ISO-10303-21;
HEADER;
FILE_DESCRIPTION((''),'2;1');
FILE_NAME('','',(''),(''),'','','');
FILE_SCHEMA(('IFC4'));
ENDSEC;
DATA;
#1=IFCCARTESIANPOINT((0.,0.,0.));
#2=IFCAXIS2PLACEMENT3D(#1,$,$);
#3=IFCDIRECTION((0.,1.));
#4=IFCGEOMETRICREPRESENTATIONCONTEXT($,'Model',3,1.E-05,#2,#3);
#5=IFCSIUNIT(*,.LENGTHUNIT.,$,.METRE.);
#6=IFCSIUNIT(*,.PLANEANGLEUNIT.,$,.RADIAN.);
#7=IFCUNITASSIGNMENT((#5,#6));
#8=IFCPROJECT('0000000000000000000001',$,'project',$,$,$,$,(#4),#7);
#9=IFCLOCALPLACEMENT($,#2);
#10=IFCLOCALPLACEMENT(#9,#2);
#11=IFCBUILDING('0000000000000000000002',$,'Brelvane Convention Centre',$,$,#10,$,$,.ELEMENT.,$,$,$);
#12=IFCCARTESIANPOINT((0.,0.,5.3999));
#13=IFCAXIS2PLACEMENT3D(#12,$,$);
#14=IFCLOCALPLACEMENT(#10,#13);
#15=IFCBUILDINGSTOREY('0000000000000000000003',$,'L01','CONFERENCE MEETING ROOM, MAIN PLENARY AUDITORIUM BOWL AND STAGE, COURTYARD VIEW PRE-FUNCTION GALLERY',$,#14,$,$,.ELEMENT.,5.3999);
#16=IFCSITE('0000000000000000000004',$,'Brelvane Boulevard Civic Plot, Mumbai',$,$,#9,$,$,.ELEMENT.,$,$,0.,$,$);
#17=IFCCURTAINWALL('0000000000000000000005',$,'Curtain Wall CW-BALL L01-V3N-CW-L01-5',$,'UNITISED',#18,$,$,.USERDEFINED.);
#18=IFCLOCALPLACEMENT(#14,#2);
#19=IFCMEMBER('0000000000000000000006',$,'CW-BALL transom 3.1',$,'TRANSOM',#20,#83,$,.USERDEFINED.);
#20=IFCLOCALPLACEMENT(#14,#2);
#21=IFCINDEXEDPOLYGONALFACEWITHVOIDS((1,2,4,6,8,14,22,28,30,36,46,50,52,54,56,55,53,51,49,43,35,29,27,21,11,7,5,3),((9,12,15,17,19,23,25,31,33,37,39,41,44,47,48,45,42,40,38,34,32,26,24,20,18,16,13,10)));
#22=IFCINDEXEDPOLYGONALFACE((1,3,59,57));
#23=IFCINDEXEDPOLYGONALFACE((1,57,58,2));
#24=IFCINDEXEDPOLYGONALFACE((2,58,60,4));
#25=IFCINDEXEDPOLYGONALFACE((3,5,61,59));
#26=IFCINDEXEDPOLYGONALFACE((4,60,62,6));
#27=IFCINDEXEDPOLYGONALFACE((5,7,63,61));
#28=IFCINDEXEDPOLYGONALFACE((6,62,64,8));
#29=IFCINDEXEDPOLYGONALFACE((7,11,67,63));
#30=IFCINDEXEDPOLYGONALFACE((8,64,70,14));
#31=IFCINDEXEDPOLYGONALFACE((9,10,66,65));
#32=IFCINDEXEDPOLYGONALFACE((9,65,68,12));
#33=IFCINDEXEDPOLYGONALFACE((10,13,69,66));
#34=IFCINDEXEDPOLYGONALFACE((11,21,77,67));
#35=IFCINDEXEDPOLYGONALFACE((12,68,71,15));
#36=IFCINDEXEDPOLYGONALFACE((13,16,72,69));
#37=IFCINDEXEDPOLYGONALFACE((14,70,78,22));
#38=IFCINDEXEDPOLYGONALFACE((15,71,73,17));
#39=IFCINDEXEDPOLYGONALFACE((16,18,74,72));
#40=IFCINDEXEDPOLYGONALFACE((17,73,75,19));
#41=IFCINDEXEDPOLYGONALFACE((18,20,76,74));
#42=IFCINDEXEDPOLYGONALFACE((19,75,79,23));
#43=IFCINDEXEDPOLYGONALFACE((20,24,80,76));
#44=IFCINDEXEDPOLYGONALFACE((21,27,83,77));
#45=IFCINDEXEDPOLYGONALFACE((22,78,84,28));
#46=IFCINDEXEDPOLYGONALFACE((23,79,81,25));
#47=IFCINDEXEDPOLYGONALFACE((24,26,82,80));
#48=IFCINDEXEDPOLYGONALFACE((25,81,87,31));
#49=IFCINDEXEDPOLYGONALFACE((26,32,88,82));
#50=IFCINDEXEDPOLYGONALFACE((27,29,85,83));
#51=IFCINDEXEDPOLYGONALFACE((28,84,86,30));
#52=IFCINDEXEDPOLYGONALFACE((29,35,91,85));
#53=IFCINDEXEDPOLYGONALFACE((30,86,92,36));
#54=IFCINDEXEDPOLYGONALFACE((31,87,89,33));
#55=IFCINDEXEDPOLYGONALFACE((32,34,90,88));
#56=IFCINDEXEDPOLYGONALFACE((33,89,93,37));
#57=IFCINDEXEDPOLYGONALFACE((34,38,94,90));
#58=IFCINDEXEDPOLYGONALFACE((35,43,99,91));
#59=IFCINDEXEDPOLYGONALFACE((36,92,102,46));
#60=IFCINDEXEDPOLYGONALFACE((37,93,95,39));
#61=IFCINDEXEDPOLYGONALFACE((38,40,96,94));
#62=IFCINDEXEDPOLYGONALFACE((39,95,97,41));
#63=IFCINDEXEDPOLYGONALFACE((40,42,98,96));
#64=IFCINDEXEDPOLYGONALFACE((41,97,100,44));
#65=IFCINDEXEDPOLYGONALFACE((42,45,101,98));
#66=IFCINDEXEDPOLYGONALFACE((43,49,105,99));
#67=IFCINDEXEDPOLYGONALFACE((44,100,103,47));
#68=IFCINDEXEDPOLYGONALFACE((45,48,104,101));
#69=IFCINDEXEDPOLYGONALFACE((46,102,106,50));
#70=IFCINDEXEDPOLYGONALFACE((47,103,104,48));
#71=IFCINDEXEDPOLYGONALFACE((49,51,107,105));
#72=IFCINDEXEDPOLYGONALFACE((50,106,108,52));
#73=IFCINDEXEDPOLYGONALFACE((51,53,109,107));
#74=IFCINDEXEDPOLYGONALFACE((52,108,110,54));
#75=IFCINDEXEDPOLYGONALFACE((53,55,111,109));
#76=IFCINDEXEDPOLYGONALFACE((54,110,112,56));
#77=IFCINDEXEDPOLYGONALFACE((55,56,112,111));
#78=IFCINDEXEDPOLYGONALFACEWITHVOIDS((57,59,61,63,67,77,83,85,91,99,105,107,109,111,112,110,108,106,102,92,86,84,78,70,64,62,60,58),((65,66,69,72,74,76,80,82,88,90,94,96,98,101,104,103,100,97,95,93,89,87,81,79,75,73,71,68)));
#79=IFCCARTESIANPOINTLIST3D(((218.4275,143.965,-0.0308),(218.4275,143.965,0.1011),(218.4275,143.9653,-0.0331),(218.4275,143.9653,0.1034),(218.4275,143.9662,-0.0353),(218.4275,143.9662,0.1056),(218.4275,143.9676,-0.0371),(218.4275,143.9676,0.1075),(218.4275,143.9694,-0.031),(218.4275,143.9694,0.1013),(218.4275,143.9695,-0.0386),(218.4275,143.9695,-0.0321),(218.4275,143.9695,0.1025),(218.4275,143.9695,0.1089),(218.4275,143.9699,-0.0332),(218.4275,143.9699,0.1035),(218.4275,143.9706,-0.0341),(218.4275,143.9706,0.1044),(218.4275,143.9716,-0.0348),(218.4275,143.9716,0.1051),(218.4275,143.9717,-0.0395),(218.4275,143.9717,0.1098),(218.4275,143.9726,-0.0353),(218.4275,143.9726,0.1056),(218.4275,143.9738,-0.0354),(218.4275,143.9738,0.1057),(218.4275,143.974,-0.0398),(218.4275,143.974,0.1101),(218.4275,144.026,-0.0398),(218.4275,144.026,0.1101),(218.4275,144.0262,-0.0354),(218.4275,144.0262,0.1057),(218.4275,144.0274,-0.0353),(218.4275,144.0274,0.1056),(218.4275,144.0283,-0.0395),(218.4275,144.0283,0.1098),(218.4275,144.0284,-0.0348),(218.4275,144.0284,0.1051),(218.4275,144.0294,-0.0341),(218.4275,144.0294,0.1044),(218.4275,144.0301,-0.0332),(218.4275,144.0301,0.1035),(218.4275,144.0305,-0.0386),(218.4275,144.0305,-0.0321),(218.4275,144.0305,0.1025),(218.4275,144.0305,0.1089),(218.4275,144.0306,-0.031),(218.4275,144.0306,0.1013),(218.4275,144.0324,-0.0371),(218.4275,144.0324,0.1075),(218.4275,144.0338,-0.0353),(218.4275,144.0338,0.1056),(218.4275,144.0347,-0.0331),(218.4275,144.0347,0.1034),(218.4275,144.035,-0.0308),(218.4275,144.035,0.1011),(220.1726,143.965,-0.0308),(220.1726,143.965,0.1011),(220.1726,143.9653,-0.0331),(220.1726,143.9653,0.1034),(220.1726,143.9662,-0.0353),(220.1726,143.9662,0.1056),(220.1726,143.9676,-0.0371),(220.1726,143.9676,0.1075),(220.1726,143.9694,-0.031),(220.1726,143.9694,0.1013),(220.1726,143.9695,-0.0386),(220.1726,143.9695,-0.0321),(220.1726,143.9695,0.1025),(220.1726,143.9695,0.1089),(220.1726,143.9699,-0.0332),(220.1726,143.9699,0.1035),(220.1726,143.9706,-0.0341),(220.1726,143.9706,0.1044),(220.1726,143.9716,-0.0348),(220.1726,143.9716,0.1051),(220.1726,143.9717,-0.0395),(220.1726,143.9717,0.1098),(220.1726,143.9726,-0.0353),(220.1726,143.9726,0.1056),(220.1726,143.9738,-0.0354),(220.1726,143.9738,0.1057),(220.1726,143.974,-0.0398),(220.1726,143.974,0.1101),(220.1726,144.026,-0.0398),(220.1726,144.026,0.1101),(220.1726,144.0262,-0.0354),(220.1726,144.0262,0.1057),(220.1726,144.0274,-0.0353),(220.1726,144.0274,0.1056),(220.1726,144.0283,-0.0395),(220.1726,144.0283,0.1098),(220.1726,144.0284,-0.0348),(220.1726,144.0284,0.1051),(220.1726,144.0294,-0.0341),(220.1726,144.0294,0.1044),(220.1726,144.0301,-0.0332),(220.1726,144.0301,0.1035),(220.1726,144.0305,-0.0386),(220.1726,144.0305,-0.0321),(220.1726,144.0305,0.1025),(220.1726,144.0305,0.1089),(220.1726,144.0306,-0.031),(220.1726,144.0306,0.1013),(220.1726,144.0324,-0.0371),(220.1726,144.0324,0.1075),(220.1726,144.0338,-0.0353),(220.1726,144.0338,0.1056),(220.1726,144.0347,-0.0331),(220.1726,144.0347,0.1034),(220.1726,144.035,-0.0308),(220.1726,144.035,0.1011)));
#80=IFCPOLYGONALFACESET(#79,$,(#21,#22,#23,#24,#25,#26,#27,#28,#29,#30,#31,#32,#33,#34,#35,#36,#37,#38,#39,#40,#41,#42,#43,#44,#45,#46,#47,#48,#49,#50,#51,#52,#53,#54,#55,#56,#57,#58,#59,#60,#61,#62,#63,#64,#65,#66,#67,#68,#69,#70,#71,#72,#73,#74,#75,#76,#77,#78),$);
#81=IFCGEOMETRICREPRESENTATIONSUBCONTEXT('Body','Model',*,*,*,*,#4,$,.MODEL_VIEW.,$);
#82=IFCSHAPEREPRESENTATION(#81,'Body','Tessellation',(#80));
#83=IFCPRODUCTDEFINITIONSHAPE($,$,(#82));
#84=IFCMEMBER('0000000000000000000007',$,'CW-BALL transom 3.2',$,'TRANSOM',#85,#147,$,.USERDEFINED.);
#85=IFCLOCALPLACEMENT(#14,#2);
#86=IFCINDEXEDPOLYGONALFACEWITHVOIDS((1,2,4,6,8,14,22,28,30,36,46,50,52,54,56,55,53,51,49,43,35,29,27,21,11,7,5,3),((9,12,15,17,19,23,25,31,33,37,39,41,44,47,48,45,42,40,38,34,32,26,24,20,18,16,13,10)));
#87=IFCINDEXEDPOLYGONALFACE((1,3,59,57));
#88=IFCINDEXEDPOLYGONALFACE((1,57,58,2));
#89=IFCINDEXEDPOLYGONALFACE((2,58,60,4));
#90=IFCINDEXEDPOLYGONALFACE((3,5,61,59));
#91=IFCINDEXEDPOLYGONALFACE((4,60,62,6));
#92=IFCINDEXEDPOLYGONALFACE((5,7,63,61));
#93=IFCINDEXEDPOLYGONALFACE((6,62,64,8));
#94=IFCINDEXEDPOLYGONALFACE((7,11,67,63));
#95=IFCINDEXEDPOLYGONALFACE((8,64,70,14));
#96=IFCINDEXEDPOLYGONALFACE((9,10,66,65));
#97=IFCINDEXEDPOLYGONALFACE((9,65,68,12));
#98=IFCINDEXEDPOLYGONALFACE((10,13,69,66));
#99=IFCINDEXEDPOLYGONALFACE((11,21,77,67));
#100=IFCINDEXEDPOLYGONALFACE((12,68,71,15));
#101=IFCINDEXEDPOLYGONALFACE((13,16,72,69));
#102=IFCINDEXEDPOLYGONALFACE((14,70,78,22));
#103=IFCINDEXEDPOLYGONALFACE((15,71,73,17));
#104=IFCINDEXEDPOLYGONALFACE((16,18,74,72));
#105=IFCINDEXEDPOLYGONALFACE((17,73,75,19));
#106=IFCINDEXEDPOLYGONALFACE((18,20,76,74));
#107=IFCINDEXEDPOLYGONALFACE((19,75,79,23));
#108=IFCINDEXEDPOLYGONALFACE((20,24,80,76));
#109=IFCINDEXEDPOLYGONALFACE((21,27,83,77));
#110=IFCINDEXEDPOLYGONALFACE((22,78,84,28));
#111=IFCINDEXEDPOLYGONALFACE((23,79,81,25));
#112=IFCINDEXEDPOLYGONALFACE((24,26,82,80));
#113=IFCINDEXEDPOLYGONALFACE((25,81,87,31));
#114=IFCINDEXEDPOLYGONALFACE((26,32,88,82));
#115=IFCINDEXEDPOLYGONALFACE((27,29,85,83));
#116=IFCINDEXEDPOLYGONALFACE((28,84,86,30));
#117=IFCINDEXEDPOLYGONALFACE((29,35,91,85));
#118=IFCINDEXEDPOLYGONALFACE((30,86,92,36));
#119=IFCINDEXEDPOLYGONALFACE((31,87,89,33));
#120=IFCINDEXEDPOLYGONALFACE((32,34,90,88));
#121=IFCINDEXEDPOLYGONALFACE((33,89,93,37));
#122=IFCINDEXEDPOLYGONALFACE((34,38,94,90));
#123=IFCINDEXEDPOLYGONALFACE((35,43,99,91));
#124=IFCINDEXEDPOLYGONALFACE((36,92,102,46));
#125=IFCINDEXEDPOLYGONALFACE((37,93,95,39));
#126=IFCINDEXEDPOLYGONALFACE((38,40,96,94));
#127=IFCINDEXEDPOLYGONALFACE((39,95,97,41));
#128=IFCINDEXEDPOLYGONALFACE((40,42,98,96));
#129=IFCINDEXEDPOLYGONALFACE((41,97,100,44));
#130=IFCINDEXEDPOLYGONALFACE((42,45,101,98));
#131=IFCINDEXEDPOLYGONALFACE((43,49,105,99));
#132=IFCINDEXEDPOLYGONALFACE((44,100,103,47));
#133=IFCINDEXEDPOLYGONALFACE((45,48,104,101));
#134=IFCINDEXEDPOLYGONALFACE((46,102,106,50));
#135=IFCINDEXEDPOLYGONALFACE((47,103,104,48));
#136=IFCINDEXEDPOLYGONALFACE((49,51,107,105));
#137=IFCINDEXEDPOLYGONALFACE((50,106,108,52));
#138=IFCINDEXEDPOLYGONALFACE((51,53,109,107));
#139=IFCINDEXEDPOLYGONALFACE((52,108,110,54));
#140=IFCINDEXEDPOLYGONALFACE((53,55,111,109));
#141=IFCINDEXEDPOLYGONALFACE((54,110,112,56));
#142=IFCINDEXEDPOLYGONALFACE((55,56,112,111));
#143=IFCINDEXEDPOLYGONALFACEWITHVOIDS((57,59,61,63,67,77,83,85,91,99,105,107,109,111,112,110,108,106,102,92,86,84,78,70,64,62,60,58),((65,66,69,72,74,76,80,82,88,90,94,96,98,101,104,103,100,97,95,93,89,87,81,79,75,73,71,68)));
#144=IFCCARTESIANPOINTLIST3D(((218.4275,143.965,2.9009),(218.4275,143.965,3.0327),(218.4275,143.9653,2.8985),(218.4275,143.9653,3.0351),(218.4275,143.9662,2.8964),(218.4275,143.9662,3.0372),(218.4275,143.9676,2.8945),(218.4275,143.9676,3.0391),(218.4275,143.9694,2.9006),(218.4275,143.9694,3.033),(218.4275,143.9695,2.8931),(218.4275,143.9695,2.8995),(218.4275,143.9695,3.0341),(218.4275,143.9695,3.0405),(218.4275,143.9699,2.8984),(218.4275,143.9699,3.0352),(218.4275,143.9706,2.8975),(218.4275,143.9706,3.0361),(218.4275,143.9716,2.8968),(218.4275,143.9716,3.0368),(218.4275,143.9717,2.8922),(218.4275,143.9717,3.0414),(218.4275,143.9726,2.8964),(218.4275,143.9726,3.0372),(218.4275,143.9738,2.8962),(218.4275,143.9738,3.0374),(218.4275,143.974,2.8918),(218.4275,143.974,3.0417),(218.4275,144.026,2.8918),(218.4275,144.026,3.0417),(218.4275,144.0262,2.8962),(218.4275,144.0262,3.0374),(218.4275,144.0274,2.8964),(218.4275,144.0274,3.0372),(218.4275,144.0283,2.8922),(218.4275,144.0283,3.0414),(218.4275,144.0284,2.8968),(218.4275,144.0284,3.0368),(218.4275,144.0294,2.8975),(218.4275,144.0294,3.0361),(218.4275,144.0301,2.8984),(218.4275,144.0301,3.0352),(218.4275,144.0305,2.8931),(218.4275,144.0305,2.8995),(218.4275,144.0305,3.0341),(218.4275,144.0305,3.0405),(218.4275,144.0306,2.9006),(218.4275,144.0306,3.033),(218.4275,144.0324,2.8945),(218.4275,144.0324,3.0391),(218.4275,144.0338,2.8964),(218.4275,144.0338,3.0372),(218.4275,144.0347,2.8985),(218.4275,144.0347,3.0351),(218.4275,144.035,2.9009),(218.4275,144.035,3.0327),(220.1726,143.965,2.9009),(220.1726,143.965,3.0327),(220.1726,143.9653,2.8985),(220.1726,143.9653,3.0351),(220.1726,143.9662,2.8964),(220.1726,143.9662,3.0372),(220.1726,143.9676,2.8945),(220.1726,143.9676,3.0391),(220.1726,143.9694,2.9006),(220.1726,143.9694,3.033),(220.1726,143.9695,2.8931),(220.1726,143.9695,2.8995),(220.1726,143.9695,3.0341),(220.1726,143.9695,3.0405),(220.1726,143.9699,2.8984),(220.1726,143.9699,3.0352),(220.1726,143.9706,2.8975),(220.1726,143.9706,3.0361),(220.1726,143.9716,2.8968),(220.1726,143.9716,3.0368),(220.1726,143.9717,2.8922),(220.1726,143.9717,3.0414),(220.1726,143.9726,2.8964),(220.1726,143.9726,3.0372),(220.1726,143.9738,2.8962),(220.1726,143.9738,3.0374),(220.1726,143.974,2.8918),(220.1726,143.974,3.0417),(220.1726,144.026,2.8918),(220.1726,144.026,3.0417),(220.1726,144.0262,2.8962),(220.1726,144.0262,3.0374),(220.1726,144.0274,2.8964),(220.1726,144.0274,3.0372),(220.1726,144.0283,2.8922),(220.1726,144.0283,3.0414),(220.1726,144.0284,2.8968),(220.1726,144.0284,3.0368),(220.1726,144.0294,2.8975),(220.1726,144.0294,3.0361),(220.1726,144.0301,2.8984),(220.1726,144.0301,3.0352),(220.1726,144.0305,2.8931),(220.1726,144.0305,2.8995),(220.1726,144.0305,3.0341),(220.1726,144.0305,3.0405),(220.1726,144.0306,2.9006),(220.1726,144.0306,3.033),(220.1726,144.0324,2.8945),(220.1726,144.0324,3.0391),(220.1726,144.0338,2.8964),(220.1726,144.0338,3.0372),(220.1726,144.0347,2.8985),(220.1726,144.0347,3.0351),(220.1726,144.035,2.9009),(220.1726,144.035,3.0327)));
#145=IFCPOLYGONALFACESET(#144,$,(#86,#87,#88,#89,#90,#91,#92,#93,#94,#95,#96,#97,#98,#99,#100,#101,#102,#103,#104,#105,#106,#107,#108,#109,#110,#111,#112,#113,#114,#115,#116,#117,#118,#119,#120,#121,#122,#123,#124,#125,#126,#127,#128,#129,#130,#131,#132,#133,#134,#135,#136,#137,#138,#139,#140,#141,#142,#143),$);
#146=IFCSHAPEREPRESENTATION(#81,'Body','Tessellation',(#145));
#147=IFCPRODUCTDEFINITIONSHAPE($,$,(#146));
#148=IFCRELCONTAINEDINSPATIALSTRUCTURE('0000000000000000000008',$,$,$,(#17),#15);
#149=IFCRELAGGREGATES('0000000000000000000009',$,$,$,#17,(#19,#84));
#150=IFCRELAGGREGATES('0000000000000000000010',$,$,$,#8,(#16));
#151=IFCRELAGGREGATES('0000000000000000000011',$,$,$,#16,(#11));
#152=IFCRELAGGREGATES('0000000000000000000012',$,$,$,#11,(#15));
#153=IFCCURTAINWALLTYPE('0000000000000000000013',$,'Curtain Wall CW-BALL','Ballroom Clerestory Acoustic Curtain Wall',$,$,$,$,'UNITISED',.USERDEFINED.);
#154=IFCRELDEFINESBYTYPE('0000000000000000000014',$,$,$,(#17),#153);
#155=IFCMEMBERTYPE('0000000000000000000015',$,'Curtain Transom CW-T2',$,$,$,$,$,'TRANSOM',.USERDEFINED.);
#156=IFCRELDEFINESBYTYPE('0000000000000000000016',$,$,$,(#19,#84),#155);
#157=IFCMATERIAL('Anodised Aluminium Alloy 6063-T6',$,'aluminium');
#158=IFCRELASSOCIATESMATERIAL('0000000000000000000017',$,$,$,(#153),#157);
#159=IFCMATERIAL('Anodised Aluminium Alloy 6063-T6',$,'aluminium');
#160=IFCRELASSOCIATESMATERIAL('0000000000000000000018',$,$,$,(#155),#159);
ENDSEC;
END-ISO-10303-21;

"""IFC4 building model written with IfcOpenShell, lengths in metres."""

from ifc_helpers import new_model, si_unit, direction, frame, origin, origin_2d, place, context, subcontext, project, spatial, hollow_rectangle, extrude, material, material_profile, profile_set, type_object, element, aggregate, save


model = new_model("IFC4")

# Units and contexts
model_context = context("Model", 3, precision=1e-05, world=origin(), true_north=direction((0.0, 1.0)))
body_context = subcontext(model_context, "Body", "Model", "MODEL_VIEW")
ifc_project = project(units=[si_unit("LENGTHUNIT", "METRE"), si_unit("PLANEANGLEUNIT", "RADIAN")], contexts=[model_context])

# Site, building, storey
site_placement = place(None, origin())
site = spatial("IfcSite", under=ifc_project, at=site_placement, Name="Brelvane Boulevard Civic Plot, Mumbai", CompositionType="ELEMENT", RefElevation=0.0)
building_placement = place(site_placement, origin())
building = spatial("IfcBuilding", under=site, at=building_placement, Name="Brelvane Convention Centre", CompositionType="ELEMENT")
storey_placement = place(building_placement, frame((0.0, 0.0, 5.3999)))
storey = spatial("IfcBuildingStorey", under=building, at=storey_placement, Name="L01", Description="CONFERENCE MEETING ROOM, MAIN PLENARY AUDITORIUM BOWL AND STAGE, COURTYARD VIEW PRE-FUNCTION GALLERY", CompositionType="ELEMENT", Elevation=5.3999)

# Curtain wall, members
ifc_material_1 = material(Name="Anodised Aluminium Alloy 6063-T6", Category="aluminium")
curtain_wall_type = type_object("IfcCurtainWallType", Name="Curtain Wall CW-BALL", Description="Ballroom Clerestory Acoustic Curtain Wall", ElementType="UNITISED", PredefinedType="USERDEFINED", material=ifc_material_1)
curtain_wall_placement = place(storey_placement, origin())
curtain_wall = element("IfcCurtainWall", 1, at=curtain_wall_placement, inside=storey, type_object=curtain_wall_type, Name="Curtain Wall CW-BALL L01-V3N-CW-L01-5", ObjectType="UNITISED", PredefinedType="USERDEFINED")
ifc_material_2 = material(Name="Anodised Aluminium Alloy 6063-T6", Category="aluminium")
ifc_material_profile_1 = material_profile(ifc_material_2, hollow_rectangle(XDim=0.0701, YDim=0.1499, WallThickness=0.0044, InnerFilletRadius=0.0044, OuterFilletRadius=0.009, at=origin_2d()), Name="ALU-T 150x70x4.5")
ifc_profile_set_1 = profile_set([ifc_material_profile_1], Name="Anodised Aluminium Alloy 6063-T6")
member_type_1 = type_object("IfcMemberType", Name="Curtain Transom CW-T2", ElementType="TRANSOM", PredefinedType="USERDEFINED", material=ifc_profile_set_1)
member_1_placement = place(storey_placement, frame((218.4275, 144.0, 0.0352), z_axis=(1.0, 0.0, 0.0), x_axis=(0.0, 1.0, 0.0)))
member_1 = element("IfcMember", 2, at=member_1_placement, type_object=member_type_1, Name="CW-BALL transom 3.1", ObjectType="TRANSOM", PredefinedType="USERDEFINED", context=body_context, shape_type="SweptSolid", body=[
    extrude(hollow_rectangle(XDim=0.0701, YDim=0.1499, WallThickness=0.0044, InnerFilletRadius=0.0044, OuterFilletRadius=0.009, at=origin_2d()), origin(), (0.0, 0.0, 1.0), 1.7451),
])
member_2_placement = place(storey_placement, frame((218.4275, 144.0, 2.9668), z_axis=(1.0, 0.0, 0.0), x_axis=(0.0, 1.0, 0.0)))
member_2 = element("IfcMember", 3, at=member_2_placement, type_object=member_type_1, Name="CW-BALL transom 3.2", ObjectType="TRANSOM", PredefinedType="USERDEFINED", context=body_context, shape_type="SweptSolid", body=[
    extrude(hollow_rectangle(XDim=0.0701, YDim=0.1499, WallThickness=0.0044, InnerFilletRadius=0.0044, OuterFilletRadius=0.009, at=origin_2d()), origin(), (0.0, 0.0, 1.0), 1.7451),
])
aggregate(curtain_wall, [member_1, member_2])

save(model, "model.ifc")
